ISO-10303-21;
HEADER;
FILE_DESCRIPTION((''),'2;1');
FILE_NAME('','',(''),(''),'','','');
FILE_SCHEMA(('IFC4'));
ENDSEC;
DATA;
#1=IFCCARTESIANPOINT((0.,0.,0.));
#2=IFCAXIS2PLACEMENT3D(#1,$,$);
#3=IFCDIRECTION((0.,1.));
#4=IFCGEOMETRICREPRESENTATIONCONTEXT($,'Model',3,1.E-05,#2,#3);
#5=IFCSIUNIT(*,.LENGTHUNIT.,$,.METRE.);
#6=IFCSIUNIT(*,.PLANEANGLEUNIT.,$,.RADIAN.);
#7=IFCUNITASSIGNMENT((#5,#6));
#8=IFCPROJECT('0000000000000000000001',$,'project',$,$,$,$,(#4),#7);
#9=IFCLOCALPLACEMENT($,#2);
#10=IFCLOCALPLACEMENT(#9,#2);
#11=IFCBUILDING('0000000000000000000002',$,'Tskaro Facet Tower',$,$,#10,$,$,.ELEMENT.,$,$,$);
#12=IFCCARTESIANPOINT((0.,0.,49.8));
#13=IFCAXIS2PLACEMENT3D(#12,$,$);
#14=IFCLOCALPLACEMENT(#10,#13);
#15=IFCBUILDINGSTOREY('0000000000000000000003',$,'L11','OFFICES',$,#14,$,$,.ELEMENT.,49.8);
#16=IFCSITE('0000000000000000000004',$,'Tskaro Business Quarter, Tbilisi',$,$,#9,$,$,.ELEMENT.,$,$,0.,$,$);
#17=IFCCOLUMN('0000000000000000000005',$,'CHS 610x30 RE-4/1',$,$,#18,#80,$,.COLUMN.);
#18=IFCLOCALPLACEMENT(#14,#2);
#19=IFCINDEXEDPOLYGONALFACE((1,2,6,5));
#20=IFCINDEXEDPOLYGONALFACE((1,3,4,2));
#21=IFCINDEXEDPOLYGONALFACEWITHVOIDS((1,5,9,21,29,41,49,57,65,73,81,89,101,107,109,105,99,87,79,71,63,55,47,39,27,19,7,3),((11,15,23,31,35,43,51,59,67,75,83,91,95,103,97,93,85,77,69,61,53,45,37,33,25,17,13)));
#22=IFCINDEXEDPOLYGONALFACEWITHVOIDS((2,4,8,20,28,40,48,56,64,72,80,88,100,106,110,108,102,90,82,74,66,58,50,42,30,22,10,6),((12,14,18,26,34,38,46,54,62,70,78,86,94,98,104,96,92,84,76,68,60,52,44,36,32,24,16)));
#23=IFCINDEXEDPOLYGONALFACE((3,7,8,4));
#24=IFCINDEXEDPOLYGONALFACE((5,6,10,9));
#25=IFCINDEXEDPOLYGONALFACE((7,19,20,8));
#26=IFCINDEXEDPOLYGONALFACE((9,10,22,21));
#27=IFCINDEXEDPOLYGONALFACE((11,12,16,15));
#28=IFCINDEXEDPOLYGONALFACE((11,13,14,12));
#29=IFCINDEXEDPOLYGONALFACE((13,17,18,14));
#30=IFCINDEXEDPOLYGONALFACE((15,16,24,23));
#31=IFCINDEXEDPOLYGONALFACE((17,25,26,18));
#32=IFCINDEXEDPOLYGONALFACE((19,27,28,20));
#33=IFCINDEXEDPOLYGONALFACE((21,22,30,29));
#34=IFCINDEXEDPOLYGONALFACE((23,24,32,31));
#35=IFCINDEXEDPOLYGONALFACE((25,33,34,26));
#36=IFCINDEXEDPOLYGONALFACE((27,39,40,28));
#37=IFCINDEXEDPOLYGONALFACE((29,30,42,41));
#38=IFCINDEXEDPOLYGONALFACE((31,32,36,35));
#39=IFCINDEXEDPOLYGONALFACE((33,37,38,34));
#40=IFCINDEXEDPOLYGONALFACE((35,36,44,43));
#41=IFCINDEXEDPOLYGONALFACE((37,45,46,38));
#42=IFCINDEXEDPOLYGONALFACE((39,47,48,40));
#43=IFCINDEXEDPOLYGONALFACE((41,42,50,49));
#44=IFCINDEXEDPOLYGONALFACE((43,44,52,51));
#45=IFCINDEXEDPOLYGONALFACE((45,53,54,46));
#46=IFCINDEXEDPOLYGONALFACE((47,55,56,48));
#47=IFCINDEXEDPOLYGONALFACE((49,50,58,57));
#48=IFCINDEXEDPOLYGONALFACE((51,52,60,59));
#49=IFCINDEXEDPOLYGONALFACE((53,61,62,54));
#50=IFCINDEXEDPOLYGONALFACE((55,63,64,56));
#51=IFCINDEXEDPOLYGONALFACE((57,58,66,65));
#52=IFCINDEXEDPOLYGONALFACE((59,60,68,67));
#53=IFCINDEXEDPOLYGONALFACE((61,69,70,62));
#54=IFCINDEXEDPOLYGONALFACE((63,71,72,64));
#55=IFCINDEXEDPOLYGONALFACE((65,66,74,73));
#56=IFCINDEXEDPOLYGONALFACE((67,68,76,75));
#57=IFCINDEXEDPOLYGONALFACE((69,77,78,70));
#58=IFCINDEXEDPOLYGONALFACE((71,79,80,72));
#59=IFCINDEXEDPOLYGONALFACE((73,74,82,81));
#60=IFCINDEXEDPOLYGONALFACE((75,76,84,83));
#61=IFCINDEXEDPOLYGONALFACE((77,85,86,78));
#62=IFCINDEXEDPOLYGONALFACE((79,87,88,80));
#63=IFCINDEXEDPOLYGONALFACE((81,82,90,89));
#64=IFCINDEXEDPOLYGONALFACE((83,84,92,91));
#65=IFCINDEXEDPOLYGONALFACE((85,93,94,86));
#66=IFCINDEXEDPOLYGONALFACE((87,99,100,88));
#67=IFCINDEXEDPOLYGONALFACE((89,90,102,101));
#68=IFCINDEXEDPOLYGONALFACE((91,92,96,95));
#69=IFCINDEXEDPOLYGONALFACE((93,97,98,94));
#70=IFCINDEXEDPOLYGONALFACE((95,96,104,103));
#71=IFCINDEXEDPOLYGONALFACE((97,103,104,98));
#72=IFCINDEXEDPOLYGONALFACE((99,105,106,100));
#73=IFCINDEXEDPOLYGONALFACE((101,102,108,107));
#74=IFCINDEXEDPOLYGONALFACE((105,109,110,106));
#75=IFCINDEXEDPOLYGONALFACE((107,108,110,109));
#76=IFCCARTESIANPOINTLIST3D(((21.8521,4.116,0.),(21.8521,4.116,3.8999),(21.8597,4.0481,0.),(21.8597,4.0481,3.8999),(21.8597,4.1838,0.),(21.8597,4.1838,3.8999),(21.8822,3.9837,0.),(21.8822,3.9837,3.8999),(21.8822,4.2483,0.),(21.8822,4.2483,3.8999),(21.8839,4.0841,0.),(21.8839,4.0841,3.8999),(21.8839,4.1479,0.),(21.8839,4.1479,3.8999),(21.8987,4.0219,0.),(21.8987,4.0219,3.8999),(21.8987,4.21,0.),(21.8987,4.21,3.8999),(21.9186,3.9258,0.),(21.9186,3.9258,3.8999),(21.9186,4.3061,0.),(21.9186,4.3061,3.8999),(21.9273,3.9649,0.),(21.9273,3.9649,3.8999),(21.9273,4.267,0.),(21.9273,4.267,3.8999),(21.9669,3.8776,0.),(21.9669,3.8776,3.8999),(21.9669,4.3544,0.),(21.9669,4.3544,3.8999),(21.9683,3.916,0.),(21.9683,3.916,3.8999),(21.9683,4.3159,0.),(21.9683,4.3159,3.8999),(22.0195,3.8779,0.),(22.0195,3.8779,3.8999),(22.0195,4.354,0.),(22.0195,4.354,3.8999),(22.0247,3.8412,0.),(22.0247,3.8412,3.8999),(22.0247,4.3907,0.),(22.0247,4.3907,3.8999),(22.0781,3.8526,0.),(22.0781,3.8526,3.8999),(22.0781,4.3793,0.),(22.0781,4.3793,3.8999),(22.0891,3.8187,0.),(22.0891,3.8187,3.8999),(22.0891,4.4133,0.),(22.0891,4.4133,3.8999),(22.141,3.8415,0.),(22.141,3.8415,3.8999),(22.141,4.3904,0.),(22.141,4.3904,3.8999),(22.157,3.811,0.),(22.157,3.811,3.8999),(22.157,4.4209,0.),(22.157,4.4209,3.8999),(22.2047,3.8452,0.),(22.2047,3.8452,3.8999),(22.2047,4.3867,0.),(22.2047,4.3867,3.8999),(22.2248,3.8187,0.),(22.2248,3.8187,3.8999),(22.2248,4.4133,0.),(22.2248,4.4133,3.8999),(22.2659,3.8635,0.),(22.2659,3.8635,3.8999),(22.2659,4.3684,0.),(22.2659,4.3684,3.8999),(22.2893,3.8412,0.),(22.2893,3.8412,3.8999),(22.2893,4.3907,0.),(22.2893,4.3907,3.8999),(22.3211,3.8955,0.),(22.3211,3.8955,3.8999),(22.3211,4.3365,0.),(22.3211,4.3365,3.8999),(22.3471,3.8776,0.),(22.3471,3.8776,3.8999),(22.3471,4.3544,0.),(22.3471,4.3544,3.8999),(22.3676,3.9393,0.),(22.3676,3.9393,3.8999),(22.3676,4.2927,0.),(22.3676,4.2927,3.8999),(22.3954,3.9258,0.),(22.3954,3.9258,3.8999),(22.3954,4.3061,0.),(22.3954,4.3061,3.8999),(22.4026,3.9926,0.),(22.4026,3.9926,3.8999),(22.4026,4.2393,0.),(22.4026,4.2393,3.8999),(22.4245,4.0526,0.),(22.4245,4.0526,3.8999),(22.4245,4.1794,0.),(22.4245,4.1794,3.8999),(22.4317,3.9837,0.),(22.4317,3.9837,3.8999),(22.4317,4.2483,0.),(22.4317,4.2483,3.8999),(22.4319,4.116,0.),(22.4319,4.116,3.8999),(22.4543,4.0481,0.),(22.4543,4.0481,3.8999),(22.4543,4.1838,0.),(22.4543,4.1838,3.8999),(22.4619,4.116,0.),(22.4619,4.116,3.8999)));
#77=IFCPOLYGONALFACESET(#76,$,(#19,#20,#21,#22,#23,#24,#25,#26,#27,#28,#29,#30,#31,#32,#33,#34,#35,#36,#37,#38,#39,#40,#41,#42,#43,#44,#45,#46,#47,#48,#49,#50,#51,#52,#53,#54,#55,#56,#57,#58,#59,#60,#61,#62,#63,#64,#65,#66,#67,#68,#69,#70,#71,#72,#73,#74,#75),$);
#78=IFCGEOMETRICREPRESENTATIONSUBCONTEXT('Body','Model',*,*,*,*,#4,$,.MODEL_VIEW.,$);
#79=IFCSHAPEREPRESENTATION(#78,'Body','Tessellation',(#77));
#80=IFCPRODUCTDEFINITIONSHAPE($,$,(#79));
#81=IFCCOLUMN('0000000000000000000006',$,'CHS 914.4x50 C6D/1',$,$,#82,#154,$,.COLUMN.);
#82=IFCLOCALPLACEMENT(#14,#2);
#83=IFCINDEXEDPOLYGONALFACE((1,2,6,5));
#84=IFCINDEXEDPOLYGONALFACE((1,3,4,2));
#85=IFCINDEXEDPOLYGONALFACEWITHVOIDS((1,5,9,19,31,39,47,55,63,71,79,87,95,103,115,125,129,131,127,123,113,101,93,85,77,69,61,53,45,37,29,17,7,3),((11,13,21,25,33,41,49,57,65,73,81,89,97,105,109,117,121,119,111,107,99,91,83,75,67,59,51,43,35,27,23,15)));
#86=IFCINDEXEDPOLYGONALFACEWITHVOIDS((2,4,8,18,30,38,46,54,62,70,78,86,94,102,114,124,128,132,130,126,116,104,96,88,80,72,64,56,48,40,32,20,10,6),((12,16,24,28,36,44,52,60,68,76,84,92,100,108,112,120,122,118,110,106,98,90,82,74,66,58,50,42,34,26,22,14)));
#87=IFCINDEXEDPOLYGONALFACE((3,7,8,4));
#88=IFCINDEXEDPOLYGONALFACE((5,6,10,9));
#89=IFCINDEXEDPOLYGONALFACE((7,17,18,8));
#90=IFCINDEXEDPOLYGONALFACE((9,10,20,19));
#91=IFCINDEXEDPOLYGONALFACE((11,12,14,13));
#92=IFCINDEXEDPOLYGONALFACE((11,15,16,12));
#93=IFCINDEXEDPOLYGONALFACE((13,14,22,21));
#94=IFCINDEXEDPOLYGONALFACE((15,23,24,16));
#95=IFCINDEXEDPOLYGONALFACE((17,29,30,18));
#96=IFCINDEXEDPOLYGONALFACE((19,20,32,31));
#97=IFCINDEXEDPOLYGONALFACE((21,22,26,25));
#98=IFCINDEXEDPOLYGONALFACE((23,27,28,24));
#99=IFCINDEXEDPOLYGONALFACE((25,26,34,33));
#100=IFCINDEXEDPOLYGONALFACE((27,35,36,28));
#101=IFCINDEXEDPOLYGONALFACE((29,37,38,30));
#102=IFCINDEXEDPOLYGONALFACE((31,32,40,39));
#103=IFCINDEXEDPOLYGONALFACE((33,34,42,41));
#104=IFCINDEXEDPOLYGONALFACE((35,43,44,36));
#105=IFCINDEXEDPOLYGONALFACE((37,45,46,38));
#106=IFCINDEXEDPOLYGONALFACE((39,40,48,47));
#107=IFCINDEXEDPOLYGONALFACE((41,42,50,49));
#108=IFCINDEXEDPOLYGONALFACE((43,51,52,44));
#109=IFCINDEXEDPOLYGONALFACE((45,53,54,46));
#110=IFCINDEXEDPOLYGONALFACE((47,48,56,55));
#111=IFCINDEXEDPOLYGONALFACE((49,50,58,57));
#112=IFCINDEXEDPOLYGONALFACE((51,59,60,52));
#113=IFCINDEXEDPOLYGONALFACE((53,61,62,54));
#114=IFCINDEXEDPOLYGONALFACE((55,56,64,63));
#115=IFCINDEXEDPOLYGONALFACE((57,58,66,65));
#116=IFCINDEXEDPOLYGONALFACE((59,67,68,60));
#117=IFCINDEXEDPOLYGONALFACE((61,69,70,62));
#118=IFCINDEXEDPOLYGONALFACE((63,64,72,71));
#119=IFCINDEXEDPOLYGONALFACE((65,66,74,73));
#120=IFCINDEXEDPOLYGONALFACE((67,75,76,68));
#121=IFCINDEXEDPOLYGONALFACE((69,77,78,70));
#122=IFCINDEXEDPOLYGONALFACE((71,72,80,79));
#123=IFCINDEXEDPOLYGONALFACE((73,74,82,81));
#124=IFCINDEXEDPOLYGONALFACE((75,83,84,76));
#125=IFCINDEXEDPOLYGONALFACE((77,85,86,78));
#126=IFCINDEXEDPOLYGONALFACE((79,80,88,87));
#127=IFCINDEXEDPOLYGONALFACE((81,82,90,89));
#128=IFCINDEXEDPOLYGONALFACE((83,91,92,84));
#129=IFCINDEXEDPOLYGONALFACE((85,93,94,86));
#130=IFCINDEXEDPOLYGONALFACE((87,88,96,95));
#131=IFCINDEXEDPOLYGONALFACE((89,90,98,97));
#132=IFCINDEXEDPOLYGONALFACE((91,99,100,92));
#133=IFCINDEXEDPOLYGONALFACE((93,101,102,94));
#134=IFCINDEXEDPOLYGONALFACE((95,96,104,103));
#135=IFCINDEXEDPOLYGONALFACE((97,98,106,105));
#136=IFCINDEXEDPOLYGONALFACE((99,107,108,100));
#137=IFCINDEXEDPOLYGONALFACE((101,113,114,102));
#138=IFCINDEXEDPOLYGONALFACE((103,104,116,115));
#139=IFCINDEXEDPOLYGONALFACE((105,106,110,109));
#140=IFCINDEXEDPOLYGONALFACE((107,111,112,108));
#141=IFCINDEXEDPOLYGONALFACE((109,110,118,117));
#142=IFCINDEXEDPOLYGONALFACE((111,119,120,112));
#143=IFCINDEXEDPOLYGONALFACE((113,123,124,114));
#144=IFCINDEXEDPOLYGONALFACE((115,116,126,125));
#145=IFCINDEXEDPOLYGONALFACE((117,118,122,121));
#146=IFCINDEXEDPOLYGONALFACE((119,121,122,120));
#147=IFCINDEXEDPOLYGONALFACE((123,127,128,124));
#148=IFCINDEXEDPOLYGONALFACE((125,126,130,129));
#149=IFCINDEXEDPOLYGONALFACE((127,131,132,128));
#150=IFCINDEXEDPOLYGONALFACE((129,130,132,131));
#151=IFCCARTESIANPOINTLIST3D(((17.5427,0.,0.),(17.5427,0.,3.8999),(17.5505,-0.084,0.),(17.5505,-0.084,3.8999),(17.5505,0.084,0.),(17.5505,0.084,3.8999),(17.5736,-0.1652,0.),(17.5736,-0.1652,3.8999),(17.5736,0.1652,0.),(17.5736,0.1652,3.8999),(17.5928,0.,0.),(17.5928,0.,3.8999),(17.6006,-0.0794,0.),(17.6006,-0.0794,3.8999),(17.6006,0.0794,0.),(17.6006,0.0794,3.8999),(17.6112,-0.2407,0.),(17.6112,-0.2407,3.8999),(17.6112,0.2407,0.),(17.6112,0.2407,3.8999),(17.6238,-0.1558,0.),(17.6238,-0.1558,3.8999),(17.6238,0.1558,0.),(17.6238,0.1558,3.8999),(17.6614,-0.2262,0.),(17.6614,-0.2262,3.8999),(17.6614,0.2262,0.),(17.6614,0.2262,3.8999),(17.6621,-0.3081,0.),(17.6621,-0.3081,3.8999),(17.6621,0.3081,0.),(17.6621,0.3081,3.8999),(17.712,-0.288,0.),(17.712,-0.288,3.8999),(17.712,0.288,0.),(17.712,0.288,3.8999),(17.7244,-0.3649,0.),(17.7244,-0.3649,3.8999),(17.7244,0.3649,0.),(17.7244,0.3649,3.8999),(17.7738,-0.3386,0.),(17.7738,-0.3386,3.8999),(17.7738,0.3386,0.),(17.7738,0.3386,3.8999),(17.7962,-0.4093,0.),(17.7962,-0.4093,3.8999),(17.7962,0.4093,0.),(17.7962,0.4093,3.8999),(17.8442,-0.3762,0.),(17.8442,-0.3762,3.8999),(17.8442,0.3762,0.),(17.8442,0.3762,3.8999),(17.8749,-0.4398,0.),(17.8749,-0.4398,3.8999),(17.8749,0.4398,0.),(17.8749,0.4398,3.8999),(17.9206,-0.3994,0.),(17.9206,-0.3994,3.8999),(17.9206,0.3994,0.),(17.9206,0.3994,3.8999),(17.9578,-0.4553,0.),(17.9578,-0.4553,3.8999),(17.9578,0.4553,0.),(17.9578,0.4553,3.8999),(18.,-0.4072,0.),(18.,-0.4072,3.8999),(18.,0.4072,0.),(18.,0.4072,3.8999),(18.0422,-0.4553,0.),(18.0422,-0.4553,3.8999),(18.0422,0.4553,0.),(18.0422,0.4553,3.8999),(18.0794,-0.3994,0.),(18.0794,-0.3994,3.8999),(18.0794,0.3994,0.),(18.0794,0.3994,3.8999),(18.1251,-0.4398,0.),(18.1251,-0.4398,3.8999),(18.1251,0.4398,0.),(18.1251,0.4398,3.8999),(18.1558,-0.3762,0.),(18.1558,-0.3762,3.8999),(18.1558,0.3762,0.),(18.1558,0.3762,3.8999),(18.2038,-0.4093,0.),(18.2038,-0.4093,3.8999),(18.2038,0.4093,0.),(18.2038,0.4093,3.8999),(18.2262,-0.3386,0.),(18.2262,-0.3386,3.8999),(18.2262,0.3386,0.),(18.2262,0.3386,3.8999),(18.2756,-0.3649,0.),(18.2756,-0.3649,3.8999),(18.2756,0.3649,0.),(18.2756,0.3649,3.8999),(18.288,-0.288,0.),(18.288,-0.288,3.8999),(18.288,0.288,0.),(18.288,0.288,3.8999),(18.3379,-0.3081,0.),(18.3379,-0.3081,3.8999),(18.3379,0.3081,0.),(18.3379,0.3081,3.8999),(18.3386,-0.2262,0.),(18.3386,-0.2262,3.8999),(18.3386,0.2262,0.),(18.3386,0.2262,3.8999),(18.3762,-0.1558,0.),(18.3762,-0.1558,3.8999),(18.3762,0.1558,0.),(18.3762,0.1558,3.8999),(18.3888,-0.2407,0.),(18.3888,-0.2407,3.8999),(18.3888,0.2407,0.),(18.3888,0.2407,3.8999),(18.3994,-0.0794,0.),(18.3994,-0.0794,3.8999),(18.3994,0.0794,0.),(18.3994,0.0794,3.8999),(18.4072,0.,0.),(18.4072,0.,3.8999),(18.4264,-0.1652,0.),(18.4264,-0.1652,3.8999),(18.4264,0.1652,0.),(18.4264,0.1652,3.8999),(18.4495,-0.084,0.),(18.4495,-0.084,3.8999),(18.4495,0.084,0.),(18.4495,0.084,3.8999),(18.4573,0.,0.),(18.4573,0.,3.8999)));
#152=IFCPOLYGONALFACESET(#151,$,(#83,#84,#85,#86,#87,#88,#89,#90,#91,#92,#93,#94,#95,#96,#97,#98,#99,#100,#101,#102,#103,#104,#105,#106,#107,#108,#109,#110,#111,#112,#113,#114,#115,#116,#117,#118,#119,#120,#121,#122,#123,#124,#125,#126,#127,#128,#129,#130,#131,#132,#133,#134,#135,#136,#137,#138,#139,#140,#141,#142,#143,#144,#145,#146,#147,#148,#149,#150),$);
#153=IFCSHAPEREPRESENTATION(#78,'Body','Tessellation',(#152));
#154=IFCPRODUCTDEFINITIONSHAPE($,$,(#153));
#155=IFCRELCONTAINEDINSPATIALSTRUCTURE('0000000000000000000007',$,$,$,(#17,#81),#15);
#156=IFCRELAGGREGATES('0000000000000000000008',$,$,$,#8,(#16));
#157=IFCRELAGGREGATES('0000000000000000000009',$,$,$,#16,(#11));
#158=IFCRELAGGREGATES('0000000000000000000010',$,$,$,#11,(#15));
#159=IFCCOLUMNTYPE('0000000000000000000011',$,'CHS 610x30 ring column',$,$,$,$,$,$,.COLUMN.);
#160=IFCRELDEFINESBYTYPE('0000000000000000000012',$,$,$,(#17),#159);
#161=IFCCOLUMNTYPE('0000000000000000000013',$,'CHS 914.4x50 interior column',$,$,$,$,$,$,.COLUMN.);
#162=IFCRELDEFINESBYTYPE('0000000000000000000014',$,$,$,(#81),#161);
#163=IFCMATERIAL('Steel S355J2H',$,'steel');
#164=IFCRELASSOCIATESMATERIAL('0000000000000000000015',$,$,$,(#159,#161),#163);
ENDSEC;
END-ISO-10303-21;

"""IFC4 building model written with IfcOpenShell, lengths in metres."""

from ifc_helpers import new_model, si_unit, direction, frame, origin, origin_2d, place, context, subcontext, project, spatial, hollow_circle, extrude, material, material_profile, profile_set, type_object, element, save


model = new_model("IFC4")

# Units and contexts
model_context = context("Model", 3, precision=1e-05, world=origin(), true_north=direction((0.0, 1.0)))
body_context = subcontext(model_context, "Body", "Model", "MODEL_VIEW")
ifc_project = project(units=[si_unit("LENGTHUNIT", "METRE"), si_unit("PLANEANGLEUNIT", "RADIAN")], contexts=[model_context])

# Site, building, storey
site_placement = place(None, origin())
site = spatial("IfcSite", under=ifc_project, at=site_placement, Name="Tskaro Business Quarter, Tbilisi", CompositionType="ELEMENT", RefElevation=0.0)
building_placement = place(site_placement, origin())
building = spatial("IfcBuilding", under=site, at=building_placement, Name="Tskaro Facet Tower", CompositionType="ELEMENT")
storey_placement = place(building_placement, frame((0.0, 0.0, 49.8)))
storey = spatial("IfcBuildingStorey", under=building, at=storey_placement, Name="L11", Description="OFFICES", CompositionType="ELEMENT", Elevation=49.8)

# Columns
ifc_material_1 = material(Name="Steel S355J2H", Category="steel")
ifc_material_profile_1 = material_profile(ifc_material_1, hollow_circle(Radius=0.3049, WallThickness=0.03, at=origin_2d()), Name="CHS 610x30")
ifc_profile_set_1 = profile_set([ifc_material_profile_1], Name="Steel S355J2H")
column_type_1 = type_object("IfcColumnType", Name="CHS 610x30 ring column", PredefinedType="COLUMN", material=ifc_profile_set_1)
column_placement = place(storey_placement, frame((22.157, 4.116, 0.0), z_axis=(0.0, 0.0, 1.0), x_axis=(1.0, 0.0, 0.0)))
element("IfcColumn", 1, at=column_placement, inside=storey, type_object=column_type_1, Name="CHS 610x30 RE-4/1", PredefinedType="COLUMN", context=body_context, shape_type="SweptSolid", body=[
    extrude(hollow_circle(Radius=0.3049, WallThickness=0.03, at=origin_2d()), origin(), (0.0, 0.0, 1.0), 3.8999),
])
ifc_material_profile_2 = material_profile(ifc_material_1, hollow_circle(Radius=0.4573, WallThickness=0.05, at=origin_2d()), Name="CHS 914.4x50")
ifc_profile_set_2 = profile_set([ifc_material_profile_2], Name="Steel S355J2H")
column_type_2 = type_object("IfcColumnType", Name="CHS 914.4x50 interior column", PredefinedType="COLUMN", material=ifc_profile_set_2)
for number, where, z_axis, x_axis, name in (
    (2, (18.0, 0.0, 0.0), (0.0, 0.0, 1.0), (1.0, 0.0, 0.0), "CHS 914.4x50 C6D/1"),
):
    element("IfcColumn", number, at=place(storey_placement, frame(where, z_axis=z_axis, x_axis=x_axis)), inside=storey, type_object=column_type_2, Name=name, PredefinedType="COLUMN", context=body_context, shape_type="SweptSolid", body=[
        extrude(hollow_circle(Radius=0.4573, WallThickness=0.05, at=origin_2d()), origin(), (0.0, 0.0, 1.0), 3.8999),
    ])

save(model, "model.ifc")
